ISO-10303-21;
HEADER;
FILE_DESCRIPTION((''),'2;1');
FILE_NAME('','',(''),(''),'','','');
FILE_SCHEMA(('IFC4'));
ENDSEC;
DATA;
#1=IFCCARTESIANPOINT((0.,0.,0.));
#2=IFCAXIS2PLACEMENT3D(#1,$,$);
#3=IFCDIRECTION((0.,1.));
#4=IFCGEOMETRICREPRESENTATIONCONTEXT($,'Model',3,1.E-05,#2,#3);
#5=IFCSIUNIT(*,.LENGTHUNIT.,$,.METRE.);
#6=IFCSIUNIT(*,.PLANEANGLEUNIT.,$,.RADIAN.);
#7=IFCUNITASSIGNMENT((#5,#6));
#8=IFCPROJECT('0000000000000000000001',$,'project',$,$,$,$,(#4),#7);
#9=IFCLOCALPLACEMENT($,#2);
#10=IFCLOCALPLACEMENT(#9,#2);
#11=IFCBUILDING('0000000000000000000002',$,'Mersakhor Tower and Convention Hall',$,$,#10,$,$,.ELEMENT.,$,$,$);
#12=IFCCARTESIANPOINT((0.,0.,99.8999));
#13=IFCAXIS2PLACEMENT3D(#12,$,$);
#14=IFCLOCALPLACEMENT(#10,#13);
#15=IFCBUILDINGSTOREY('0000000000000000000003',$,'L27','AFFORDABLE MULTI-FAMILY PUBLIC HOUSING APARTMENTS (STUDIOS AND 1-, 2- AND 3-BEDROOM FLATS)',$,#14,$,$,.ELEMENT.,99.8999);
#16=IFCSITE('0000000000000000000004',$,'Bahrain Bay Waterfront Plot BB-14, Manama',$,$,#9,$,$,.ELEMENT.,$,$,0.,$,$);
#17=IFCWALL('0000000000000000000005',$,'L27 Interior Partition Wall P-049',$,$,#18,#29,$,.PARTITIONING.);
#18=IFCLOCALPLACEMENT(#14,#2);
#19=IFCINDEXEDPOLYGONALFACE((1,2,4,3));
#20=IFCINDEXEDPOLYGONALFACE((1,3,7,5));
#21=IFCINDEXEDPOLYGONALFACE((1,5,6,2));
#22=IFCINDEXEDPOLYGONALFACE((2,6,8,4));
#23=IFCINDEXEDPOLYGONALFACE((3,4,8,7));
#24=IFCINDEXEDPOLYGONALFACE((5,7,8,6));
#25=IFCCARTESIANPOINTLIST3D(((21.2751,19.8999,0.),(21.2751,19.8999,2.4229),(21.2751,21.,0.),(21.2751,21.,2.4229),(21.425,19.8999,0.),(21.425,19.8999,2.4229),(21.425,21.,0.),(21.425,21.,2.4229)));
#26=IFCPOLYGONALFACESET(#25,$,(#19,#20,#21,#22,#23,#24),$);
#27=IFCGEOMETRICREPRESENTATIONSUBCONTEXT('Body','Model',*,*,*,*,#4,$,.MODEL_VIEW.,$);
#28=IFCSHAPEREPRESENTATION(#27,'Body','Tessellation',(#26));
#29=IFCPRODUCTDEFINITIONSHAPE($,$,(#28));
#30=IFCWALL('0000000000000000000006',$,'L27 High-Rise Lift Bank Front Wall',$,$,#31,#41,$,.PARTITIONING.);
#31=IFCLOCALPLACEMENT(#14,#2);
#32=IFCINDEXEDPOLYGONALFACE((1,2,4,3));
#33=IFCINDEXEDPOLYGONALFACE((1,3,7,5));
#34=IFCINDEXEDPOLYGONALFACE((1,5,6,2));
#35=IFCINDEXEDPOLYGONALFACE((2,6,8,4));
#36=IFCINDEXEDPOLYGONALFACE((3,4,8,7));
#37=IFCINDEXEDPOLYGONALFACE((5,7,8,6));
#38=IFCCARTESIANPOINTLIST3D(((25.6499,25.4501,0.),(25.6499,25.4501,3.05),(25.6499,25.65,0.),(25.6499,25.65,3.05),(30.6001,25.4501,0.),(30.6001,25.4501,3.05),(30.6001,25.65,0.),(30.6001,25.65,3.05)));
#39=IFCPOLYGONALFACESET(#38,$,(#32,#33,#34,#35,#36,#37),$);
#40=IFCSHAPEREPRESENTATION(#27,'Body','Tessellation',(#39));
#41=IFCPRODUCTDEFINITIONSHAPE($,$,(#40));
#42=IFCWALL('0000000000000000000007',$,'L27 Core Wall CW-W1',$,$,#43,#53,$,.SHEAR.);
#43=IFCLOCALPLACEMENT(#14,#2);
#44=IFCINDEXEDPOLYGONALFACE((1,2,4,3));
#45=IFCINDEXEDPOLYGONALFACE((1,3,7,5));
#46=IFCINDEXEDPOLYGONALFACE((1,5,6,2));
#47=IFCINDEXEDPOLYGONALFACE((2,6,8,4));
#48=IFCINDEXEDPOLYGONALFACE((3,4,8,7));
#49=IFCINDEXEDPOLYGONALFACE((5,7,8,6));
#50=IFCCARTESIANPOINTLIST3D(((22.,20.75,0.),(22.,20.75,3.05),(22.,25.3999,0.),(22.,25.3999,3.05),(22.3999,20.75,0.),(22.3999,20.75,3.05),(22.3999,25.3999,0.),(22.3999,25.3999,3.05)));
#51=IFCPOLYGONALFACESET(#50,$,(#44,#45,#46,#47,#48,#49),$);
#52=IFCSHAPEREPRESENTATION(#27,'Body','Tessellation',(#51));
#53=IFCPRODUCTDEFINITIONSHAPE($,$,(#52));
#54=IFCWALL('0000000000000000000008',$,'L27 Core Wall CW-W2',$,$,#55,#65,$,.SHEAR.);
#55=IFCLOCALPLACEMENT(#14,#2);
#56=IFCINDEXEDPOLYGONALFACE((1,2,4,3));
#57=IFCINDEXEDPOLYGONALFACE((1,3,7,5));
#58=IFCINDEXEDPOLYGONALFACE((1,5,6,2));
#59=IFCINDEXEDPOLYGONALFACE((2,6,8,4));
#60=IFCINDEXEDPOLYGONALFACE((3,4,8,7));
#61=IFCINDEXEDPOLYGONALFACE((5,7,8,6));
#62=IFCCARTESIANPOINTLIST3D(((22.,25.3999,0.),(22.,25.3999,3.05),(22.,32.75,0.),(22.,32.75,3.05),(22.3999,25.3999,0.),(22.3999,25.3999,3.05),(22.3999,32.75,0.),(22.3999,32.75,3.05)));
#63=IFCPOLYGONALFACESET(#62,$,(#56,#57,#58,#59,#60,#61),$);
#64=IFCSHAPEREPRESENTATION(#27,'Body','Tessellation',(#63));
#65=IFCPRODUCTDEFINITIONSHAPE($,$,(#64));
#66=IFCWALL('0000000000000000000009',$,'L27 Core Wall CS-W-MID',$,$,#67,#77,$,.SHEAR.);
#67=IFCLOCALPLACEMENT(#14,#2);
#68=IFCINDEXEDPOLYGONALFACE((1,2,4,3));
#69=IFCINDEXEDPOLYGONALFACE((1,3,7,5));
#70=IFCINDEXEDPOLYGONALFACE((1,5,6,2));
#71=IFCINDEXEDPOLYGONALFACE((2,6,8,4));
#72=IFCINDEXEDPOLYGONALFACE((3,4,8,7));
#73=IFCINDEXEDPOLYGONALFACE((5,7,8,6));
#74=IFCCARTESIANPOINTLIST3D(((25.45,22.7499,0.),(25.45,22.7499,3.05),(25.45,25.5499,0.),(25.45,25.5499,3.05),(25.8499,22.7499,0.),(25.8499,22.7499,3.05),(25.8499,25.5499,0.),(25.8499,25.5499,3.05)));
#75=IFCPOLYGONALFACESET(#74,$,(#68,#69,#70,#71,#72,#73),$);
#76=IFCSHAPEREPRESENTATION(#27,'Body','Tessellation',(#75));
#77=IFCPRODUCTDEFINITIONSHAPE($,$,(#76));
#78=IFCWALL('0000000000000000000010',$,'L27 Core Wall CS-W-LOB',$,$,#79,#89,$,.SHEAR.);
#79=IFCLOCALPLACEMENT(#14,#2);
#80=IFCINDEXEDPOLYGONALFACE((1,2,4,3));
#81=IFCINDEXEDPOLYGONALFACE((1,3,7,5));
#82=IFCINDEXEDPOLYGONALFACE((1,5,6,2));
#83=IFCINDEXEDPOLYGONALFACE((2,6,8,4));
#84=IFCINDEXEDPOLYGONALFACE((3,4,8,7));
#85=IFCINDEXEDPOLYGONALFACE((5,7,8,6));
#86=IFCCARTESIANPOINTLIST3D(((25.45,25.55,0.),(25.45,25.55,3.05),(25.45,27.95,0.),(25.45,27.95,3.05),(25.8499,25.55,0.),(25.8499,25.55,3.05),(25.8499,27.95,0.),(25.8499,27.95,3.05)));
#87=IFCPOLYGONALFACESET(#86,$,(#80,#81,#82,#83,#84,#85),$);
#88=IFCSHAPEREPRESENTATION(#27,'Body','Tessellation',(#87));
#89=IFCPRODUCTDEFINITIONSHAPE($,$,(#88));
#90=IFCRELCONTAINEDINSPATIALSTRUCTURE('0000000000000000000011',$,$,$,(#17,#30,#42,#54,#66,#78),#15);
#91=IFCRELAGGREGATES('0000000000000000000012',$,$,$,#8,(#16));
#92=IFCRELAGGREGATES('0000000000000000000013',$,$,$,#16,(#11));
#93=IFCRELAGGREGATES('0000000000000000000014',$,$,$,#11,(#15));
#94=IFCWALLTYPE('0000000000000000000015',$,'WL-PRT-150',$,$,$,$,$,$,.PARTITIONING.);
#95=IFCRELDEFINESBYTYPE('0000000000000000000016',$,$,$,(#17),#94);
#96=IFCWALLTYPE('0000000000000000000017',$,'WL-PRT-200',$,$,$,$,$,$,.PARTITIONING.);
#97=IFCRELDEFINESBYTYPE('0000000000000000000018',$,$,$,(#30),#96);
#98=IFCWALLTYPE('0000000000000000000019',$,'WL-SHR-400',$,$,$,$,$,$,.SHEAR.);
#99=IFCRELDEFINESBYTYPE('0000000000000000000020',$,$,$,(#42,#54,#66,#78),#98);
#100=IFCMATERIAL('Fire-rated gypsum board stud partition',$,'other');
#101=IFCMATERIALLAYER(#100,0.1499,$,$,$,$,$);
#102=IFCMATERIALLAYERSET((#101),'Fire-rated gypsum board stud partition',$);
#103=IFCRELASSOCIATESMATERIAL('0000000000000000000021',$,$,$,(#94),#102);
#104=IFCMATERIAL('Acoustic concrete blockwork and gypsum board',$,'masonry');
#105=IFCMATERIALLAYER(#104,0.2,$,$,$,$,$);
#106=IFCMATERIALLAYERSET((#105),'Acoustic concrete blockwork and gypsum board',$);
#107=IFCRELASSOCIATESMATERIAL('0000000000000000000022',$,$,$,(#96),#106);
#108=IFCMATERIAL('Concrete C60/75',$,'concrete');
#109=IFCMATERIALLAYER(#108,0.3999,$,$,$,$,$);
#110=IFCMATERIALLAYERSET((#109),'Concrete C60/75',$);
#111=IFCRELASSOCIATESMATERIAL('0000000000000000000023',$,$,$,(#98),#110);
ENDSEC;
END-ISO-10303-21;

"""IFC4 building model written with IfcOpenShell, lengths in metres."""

from ifc_helpers import new_model, si_unit, direction, frame, frame_2d, origin, place, context, subcontext, project, spatial, rectangle, extrude, material, layer, layer_set, type_object, element, save


model = new_model("IFC4")

# Units and contexts
model_context = context("Model", 3, precision=1e-05, world=origin(), true_north=direction((0.0, 1.0)))
body_context = subcontext(model_context, "Body", "Model", "MODEL_VIEW")
ifc_project = project(units=[si_unit("LENGTHUNIT", "METRE"), si_unit("PLANEANGLEUNIT", "RADIAN")], contexts=[model_context])

# Site, building, storey
site_placement = place(None, origin())
site = spatial("IfcSite", under=ifc_project, at=site_placement, Name="Bahrain Bay Waterfront Plot BB-14, Manama", CompositionType="ELEMENT", RefElevation=0.0)
building_placement = place(site_placement, origin())
building = spatial("IfcBuilding", under=site, at=building_placement, Name="Mersakhor Tower and Convention Hall", CompositionType="ELEMENT")
storey_placement = place(building_placement, frame((0.0, 0.0, 99.8999)))
storey = spatial("IfcBuildingStorey", under=building, at=storey_placement, Name="L27", Description="AFFORDABLE MULTI-FAMILY PUBLIC HOUSING APARTMENTS (STUDIOS AND 1-, 2- AND 3-BEDROOM FLATS)", CompositionType="ELEMENT", Elevation=99.8999)

# Shared definitions
ifc_material_1 = material(Name="Fire-rated gypsum board stud partition", Category="other")
ifc_layer_1 = layer(ifc_material_1, 0.1499)
ifc_layer_set_1 = layer_set([ifc_layer_1], Name="Fire-rated gypsum board stud partition")
wall_type_1 = type_object("IfcWallType", Name="WL-PRT-150", PredefinedType="PARTITIONING", material=ifc_layer_set_1)

# Walls
wall_1_placement = place(storey_placement, frame((21.3501, 21.0, 0.0), z_axis=(0.0, 0.0, 1.0), x_axis=(0.0, -1.0, 0.0)))
element("IfcWall", 1, at=wall_1_placement, inside=storey, type_object=wall_type_1, Name="L27 Interior Partition Wall P-049", PredefinedType="PARTITIONING", context=body_context, shape_type="SweptSolid", body=[
    extrude(rectangle(XDim=1.1001, YDim=0.1499, at=frame_2d((0.55, 0.0))), origin(), (0.0, 0.0, 1.0), 2.4229),
])
ifc_material_2 = material(Name="Acoustic concrete blockwork and gypsum board", Category="masonry")
ifc_layer_2 = layer(ifc_material_2, 0.2)
ifc_layer_set_2 = layer_set([ifc_layer_2], Name="Acoustic concrete blockwork and gypsum board")
wall_type_2 = type_object("IfcWallType", Name="WL-PRT-200", PredefinedType="PARTITIONING", material=ifc_layer_set_2)
wall_2_placement = place(storey_placement, frame((25.6499, 25.55, 0.0), z_axis=(0.0, 0.0, 1.0), x_axis=(1.0, 0.0, 0.0)))
element("IfcWall", 2, at=wall_2_placement, inside=storey, type_object=wall_type_2, Name="L27 High-Rise Lift Bank Front Wall", PredefinedType="PARTITIONING", context=body_context, shape_type="SweptSolid", body=[
    extrude(rectangle(XDim=4.9502, YDim=0.2, at=frame_2d((2.4751, 0.0))), origin(), (0.0, 0.0, 1.0), 3.05),
])

# Walls
ifc_material_3 = material(Name="Concrete C60/75", Category="concrete")
ifc_layer_3 = layer(ifc_material_3, 0.3999)
ifc_layer_set_3 = layer_set([ifc_layer_3], Name="Concrete C60/75")
wall_type_3 = type_object("IfcWallType", Name="WL-SHR-400", PredefinedType="SHEAR", material=ifc_layer_set_3)
wall_3_placement = place(storey_placement, frame((22.2, 20.75, 0.0), z_axis=(0.0, 0.0, 1.0), x_axis=(0.0, 1.0, 0.0)))
element("IfcWall", 3, at=wall_3_placement, inside=storey, type_object=wall_type_3, Name="L27 Core Wall CW-W1", PredefinedType="SHEAR", context=body_context, shape_type="SweptSolid", body=[
    extrude(rectangle(XDim=4.6499, YDim=0.3999, at=frame_2d((2.325, 0.0))), origin(), (0.0, 0.0, 1.0), 3.05),
])
wall_4_placement = place(storey_placement, frame((22.2, 25.3999, 0.0), z_axis=(0.0, 0.0, 1.0), x_axis=(0.0, 1.0, 0.0)))
element("IfcWall", 4, at=wall_4_placement, inside=storey, type_object=wall_type_3, Name="L27 Core Wall CW-W2", PredefinedType="SHEAR", context=body_context, shape_type="SweptSolid", body=[
    extrude(rectangle(XDim=7.3501, YDim=0.3999, at=frame_2d((3.675, 0.0))), origin(), (0.0, 0.0, 1.0), 3.05),
])

# Walls
wall_5_placement = place(storey_placement, frame((25.6499, 22.75, 0.0), z_axis=(0.0, 0.0, 1.0), x_axis=(0.0, 1.0, 0.0)))
element("IfcWall", 5, at=wall_5_placement, inside=storey, type_object=wall_type_3, Name="L27 Core Wall CS-W-MID", PredefinedType="SHEAR", context=body_context, shape_type="SweptSolid", body=[
    extrude(rectangle(XDim=2.8, YDim=0.3999, at=frame_2d((1.3999, 0.0))), origin(), (0.0, 0.0, 1.0), 3.05),
])
wall_6_placement = place(storey_placement, frame((25.6499, 25.55, 0.0), z_axis=(0.0, 0.0, 1.0), x_axis=(0.0, 1.0, 0.0)))
element("IfcWall", 6, at=wall_6_placement, inside=storey, type_object=wall_type_3, Name="L27 Core Wall CS-W-LOB", PredefinedType="SHEAR", context=body_context, shape_type="SweptSolid", body=[
    extrude(rectangle(XDim=2.3999, YDim=0.3999, at=frame_2d((1.2, 0.0))), origin(), (0.0, 0.0, 1.0), 3.05),
])

save(model, "model.ifc")
